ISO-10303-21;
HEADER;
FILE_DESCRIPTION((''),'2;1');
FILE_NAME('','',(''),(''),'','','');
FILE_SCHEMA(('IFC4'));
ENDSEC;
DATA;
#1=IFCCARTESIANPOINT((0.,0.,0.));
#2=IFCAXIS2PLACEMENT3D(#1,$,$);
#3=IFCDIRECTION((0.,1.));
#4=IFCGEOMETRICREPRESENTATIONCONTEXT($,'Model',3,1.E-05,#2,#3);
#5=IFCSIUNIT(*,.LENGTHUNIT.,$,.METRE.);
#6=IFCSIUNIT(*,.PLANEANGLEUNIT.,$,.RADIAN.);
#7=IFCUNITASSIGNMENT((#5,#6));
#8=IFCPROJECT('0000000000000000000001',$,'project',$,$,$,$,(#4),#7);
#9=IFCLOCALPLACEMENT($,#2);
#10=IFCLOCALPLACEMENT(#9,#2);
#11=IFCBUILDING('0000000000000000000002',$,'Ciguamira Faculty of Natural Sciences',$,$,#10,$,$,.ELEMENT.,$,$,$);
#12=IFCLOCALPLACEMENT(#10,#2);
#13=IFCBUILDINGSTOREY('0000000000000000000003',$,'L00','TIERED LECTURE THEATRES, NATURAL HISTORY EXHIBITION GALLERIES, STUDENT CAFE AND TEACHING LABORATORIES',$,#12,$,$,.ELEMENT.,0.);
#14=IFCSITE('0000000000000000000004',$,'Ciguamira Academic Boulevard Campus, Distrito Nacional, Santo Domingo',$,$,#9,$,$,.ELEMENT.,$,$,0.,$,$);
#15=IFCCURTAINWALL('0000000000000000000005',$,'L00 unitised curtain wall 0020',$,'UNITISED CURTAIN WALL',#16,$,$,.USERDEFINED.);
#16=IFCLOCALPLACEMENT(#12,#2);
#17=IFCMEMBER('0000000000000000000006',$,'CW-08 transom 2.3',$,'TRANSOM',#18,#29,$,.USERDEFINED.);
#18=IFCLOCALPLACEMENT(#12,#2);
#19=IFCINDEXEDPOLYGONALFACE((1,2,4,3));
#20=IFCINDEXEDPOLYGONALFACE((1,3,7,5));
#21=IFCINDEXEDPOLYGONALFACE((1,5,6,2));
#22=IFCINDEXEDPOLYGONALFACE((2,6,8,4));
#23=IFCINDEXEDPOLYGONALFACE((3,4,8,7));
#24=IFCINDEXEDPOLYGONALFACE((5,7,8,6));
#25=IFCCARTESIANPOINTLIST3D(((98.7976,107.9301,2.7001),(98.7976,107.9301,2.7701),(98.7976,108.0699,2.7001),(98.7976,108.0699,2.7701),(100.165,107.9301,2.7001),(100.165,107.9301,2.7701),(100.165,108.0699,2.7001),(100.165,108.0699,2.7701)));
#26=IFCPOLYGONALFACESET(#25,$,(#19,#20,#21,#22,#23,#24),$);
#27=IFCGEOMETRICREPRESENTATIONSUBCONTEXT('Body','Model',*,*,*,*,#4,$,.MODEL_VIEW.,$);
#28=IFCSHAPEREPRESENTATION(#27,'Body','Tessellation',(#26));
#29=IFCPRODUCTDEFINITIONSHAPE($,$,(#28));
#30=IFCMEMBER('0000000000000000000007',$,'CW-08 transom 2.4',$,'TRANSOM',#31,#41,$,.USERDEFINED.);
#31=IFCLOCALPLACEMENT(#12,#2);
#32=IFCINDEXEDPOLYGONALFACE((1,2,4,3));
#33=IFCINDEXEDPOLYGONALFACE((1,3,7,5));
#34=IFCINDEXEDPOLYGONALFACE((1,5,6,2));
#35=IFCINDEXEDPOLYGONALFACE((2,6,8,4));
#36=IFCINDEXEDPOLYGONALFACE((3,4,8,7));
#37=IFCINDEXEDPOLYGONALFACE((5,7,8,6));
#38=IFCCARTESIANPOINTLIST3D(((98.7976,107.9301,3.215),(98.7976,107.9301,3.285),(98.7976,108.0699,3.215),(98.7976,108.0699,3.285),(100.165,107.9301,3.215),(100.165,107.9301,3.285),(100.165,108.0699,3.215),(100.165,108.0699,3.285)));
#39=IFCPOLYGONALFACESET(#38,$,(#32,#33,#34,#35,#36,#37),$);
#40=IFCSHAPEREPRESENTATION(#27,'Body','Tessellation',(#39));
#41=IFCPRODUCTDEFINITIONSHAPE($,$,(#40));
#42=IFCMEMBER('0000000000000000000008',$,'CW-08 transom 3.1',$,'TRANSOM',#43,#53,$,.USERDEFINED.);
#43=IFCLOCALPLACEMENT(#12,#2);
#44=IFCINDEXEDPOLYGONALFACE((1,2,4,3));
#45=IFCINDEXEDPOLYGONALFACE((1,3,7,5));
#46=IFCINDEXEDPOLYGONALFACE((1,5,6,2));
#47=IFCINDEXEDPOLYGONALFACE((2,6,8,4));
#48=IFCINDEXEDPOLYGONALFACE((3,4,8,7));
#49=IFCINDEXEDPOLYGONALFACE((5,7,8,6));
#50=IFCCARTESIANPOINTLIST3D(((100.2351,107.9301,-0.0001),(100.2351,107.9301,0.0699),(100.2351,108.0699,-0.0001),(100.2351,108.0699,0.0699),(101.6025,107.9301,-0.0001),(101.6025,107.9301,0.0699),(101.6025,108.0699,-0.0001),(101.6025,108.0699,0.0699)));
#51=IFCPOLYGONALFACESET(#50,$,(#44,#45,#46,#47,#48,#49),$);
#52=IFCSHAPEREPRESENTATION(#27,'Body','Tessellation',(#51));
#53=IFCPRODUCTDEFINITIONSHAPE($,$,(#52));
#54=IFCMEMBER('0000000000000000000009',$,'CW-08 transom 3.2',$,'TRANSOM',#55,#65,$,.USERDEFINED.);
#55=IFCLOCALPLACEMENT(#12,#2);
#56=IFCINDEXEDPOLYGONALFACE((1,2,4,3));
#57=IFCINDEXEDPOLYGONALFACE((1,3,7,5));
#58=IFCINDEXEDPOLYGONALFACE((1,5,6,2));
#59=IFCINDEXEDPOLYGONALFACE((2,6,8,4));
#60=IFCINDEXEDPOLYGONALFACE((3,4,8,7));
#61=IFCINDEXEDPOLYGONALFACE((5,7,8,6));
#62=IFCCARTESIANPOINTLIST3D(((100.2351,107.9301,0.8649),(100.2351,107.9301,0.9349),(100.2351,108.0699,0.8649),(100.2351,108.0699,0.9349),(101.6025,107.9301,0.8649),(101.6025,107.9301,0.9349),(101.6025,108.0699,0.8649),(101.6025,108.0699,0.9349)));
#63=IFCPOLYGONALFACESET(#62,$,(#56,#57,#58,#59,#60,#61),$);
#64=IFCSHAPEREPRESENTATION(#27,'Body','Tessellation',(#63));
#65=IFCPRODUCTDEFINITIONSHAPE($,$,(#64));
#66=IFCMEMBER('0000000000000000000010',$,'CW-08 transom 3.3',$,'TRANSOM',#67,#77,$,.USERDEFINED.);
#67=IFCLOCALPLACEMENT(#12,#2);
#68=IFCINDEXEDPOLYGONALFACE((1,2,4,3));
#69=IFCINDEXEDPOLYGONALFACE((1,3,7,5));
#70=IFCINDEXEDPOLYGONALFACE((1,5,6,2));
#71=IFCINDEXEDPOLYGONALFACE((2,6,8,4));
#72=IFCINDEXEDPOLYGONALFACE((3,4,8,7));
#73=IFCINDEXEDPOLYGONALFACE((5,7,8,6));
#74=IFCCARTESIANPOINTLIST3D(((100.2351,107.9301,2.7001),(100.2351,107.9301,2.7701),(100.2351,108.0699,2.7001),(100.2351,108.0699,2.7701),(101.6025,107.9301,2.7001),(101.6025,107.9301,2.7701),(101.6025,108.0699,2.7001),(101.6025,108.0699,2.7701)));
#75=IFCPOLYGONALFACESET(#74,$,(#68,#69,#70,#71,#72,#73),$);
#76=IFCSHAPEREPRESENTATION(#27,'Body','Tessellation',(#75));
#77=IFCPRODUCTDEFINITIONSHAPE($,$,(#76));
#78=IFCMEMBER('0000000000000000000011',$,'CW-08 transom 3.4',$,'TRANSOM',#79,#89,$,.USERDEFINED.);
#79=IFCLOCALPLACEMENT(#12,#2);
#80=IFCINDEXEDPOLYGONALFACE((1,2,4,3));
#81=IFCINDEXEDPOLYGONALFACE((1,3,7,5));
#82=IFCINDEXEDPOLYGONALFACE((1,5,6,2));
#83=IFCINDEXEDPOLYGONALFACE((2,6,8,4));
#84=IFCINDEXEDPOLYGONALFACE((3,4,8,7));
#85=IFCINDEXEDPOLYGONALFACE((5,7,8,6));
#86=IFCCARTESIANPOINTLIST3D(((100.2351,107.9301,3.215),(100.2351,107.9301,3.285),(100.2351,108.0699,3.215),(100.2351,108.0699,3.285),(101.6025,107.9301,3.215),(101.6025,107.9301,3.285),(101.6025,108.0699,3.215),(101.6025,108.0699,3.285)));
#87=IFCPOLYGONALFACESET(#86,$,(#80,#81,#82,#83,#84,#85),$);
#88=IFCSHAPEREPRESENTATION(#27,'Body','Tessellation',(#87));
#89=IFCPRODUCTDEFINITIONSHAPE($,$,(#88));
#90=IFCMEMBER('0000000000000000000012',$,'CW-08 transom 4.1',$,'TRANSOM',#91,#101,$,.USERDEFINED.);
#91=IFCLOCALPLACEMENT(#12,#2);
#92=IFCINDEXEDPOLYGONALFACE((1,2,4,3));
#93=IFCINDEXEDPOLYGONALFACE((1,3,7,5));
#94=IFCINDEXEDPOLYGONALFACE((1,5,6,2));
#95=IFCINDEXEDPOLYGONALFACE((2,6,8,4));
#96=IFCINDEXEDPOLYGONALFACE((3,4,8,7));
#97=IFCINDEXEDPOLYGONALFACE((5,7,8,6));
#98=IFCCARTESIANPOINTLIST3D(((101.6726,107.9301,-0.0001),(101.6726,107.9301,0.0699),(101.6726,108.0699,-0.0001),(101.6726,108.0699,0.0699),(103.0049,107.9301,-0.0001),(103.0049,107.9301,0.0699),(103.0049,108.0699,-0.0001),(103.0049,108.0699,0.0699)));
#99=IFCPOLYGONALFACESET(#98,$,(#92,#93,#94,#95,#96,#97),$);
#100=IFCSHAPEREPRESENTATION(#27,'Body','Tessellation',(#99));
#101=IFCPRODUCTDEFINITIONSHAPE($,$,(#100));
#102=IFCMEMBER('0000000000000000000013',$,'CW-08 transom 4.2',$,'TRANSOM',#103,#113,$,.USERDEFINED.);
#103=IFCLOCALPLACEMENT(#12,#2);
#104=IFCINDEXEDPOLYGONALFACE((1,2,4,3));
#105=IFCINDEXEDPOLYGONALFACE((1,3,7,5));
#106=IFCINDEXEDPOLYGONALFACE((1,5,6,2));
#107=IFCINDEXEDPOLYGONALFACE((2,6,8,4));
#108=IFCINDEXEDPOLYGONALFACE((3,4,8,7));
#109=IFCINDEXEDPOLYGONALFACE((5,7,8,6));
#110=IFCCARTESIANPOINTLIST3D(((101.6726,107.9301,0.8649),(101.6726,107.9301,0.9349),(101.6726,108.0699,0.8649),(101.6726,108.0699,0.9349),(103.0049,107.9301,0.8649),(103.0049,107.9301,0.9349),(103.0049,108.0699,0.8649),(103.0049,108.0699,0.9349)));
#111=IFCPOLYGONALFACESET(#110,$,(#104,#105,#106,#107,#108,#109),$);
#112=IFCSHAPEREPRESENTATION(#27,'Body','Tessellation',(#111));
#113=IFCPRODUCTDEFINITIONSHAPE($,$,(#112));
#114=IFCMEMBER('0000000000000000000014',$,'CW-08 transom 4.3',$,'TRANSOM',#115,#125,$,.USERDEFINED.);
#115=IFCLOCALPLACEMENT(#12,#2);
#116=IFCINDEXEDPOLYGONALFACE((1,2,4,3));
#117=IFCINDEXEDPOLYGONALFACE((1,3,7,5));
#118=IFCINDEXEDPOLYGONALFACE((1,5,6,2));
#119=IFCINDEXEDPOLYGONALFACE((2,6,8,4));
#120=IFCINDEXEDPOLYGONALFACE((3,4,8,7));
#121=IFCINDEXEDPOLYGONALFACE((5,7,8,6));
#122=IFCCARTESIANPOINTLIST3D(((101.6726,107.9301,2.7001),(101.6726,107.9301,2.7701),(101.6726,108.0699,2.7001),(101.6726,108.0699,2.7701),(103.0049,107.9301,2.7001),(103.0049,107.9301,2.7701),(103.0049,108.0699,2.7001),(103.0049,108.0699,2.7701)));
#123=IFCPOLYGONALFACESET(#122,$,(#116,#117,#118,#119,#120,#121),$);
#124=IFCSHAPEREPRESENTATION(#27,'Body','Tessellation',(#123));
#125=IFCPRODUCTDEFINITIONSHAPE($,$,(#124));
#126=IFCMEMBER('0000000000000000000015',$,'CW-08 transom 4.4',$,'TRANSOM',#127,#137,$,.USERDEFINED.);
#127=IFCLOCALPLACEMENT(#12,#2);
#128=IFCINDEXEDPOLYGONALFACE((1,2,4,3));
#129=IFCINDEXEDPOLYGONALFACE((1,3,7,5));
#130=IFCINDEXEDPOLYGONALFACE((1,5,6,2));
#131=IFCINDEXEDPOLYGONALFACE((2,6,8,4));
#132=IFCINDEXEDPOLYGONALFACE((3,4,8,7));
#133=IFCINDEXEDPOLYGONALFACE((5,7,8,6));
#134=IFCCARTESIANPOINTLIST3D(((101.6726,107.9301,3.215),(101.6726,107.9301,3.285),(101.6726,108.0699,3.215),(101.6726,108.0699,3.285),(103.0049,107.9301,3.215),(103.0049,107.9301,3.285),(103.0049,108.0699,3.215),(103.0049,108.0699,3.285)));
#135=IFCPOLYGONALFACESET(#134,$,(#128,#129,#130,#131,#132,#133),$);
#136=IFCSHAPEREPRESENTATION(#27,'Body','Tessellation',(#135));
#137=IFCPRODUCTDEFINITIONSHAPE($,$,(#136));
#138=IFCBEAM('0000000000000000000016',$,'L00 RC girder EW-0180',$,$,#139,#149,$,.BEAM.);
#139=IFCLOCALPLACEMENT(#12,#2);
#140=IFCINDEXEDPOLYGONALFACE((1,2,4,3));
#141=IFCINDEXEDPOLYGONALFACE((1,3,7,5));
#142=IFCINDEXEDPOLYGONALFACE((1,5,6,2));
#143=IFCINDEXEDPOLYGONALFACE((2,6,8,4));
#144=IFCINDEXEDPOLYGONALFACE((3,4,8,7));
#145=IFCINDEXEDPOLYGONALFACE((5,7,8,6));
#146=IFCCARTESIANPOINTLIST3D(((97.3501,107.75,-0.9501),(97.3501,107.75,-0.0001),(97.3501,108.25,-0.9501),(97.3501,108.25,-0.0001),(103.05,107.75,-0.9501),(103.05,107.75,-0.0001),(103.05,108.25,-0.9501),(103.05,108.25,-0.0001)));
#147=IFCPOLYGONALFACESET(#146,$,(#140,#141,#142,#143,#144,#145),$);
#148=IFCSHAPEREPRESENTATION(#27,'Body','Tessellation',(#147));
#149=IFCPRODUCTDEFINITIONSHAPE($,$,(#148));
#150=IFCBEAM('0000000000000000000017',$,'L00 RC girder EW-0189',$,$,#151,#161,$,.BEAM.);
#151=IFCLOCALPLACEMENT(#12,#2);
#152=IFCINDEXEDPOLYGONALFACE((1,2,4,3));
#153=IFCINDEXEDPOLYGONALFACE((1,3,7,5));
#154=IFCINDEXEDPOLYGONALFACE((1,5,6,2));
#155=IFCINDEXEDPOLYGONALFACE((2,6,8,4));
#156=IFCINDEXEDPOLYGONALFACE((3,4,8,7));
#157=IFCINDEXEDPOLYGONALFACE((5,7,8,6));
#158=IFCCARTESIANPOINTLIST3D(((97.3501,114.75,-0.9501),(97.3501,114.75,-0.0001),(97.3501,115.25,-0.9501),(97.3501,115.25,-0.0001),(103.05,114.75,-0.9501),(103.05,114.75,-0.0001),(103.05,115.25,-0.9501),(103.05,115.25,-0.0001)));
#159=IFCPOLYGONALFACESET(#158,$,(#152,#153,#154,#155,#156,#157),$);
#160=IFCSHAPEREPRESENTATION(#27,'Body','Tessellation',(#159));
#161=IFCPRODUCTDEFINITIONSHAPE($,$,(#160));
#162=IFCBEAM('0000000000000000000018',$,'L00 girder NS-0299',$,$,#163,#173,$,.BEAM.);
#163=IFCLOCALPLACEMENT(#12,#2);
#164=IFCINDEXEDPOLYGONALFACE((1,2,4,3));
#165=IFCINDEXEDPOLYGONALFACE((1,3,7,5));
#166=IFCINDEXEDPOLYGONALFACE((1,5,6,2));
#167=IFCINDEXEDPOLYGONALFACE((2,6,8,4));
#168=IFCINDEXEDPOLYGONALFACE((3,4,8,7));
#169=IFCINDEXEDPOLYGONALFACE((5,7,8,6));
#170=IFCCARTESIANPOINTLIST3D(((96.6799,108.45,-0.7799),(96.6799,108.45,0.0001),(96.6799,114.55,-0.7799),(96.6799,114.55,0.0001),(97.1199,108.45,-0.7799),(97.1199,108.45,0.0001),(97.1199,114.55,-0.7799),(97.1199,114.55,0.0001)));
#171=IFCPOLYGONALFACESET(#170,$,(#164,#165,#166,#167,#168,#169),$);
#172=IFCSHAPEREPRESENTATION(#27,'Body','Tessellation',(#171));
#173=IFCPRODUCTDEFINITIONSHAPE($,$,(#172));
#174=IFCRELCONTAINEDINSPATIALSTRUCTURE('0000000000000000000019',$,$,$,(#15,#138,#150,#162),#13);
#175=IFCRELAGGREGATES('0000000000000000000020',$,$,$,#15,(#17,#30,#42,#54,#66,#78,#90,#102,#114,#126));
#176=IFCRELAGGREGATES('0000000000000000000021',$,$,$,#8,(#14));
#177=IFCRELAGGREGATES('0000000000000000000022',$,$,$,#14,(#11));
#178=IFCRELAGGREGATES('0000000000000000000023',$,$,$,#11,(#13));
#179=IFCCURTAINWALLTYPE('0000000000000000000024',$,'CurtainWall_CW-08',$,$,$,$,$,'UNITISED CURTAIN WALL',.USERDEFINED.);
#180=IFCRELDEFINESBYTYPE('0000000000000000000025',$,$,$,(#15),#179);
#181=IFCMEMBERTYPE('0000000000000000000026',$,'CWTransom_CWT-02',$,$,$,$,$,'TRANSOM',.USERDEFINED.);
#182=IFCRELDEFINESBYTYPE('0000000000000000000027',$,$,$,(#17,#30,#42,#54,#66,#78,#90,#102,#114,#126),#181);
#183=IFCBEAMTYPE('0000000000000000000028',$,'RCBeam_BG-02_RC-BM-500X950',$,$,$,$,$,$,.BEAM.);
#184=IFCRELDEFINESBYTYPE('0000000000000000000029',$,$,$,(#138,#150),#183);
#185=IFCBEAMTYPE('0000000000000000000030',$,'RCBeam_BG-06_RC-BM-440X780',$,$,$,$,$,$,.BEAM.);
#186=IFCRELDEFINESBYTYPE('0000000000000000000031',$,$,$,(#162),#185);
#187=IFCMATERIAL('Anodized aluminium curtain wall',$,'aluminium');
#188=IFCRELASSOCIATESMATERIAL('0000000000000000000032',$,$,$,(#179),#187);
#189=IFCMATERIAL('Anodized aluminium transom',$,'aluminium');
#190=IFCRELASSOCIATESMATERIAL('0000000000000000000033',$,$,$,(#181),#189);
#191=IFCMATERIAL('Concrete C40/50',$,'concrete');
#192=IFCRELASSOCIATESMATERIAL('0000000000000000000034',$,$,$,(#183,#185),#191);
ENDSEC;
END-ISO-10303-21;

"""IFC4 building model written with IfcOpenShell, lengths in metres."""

from ifc_helpers import new_model, si_unit, direction, frame, origin, origin_2d, place, context, subcontext, project, spatial, rectangle, extrude, material, material_profile, profile_set, type_object, element, aggregate, save


model = new_model("IFC4")

# Units and contexts
model_context = context("Model", 3, precision=1e-05, world=origin(), true_north=direction((0.0, 1.0)))
body_context = subcontext(model_context, "Body", "Model", "MODEL_VIEW")
ifc_project = project(units=[si_unit("LENGTHUNIT", "METRE"), si_unit("PLANEANGLEUNIT", "RADIAN")], contexts=[model_context])

# Site, building, storey
site_placement = place(None, origin())
site = spatial("IfcSite", under=ifc_project, at=site_placement, Name="Ciguamira Academic Boulevard Campus, Distrito Nacional, Santo Domingo", CompositionType="ELEMENT", RefElevation=0.0)
building_placement = place(site_placement, origin())
building = spatial("IfcBuilding", under=site, at=building_placement, Name="Ciguamira Faculty of Natural Sciences", CompositionType="ELEMENT")
storey_placement = place(building_placement, origin())
storey = spatial("IfcBuildingStorey", under=building, at=storey_placement, Name="L00", Description="TIERED LECTURE THEATRES, NATURAL HISTORY EXHIBITION GALLERIES, STUDENT CAFE AND TEACHING LABORATORIES", CompositionType="ELEMENT", Elevation=0.0)

# Curtain wall, members
ifc_material_1 = material(Name="Anodized aluminium curtain wall", Category="aluminium")
curtain_wall_type = type_object("IfcCurtainWallType", Name="CurtainWall_CW-08", ElementType="UNITISED CURTAIN WALL", PredefinedType="USERDEFINED", material=ifc_material_1)
curtain_wall_placement = place(storey_placement, origin())
curtain_wall = element("IfcCurtainWall", 1, at=curtain_wall_placement, inside=storey, type_object=curtain_wall_type, Name="L00 unitised curtain wall 0020", ObjectType="UNITISED CURTAIN WALL", PredefinedType="USERDEFINED")
ifc_material_2 = material(Name="Anodized aluminium transom", Category="aluminium")
ifc_material_profile_1 = material_profile(ifc_material_2, rectangle(XDim=0.0701, YDim=0.1399, at=origin_2d()), Name="ALU-TRN-70X140")
ifc_profile_set_1 = profile_set([ifc_material_profile_1], Name="Anodized aluminium transom")
member_type_1 = type_object("IfcMemberType", Name="CWTransom_CWT-02", ElementType="TRANSOM", PredefinedType="USERDEFINED", material=ifc_profile_set_1)
member_1_placement = place(storey_placement, frame((98.7976, 108.0, 2.7351), z_axis=(1.0, 0.0, 0.0), x_axis=(0.0, 0.0, 1.0)))
member_1 = element("IfcMember", 2, at=member_1_placement, type_object=member_type_1, Name="CW-08 transom 2.3", ObjectType="TRANSOM", PredefinedType="USERDEFINED", context=body_context, shape_type="SweptSolid", body=[
    extrude(rectangle(XDim=0.0701, YDim=0.1399, at=origin_2d()), origin(), (0.0, 0.0, 1.0), 1.3674),
])
member_2_placement = place(storey_placement, frame((98.7976, 108.0, 3.25), z_axis=(1.0, 0.0, 0.0), x_axis=(0.0, 0.0, 1.0)))
member_2 = element("IfcMember", 3, at=member_2_placement, type_object=member_type_1, Name="CW-08 transom 2.4", ObjectType="TRANSOM", PredefinedType="USERDEFINED", context=body_context, shape_type="SweptSolid", body=[
    extrude(rectangle(XDim=0.0701, YDim=0.1399, at=origin_2d()), origin(), (0.0, 0.0, 1.0), 1.3674),
])
member_3_placement = place(storey_placement, frame((100.2351, 108.0, 0.0349), z_axis=(1.0, 0.0, 0.0), x_axis=(0.0, 0.0, 1.0)))
member_3 = element("IfcMember", 4, at=member_3_placement, type_object=member_type_1, Name="CW-08 transom 3.1", ObjectType="TRANSOM", PredefinedType="USERDEFINED", context=body_context, shape_type="SweptSolid", body=[
    extrude(rectangle(XDim=0.0701, YDim=0.1399, at=origin_2d()), origin(), (0.0, 0.0, 1.0), 1.3674),
])
member_4_placement = place(storey_placement, frame((100.2351, 108.0, 0.8999), z_axis=(1.0, 0.0, 0.0), x_axis=(0.0, 0.0, 1.0)))
member_4 = element("IfcMember", 5, at=member_4_placement, type_object=member_type_1, Name="CW-08 transom 3.2", ObjectType="TRANSOM", PredefinedType="USERDEFINED", context=body_context, shape_type="SweptSolid", body=[
    extrude(rectangle(XDim=0.0701, YDim=0.1399, at=origin_2d()), origin(), (0.0, 0.0, 1.0), 1.3674),
])
member_5_placement = place(storey_placement, frame((100.2351, 108.0, 2.7351), z_axis=(1.0, 0.0, 0.0), x_axis=(0.0, 0.0, 1.0)))
member_5 = element("IfcMember", 6, at=member_5_placement, type_object=member_type_1, Name="CW-08 transom 3.3", ObjectType="TRANSOM", PredefinedType="USERDEFINED", context=body_context, shape_type="SweptSolid", body=[
    extrude(rectangle(XDim=0.0701, YDim=0.1399, at=origin_2d()), origin(), (0.0, 0.0, 1.0), 1.3674),
])
member_6_placement = place(storey_placement, frame((100.2351, 108.0, 3.25), z_axis=(1.0, 0.0, 0.0), x_axis=(0.0, 0.0, 1.0)))
member_6 = element("IfcMember", 7, at=member_6_placement, type_object=member_type_1, Name="CW-08 transom 3.4", ObjectType="TRANSOM", PredefinedType="USERDEFINED", context=body_context, shape_type="SweptSolid", body=[
    extrude(rectangle(XDim=0.0701, YDim=0.1399, at=origin_2d()), origin(), (0.0, 0.0, 1.0), 1.3674),
])
member_7_placement = place(storey_placement, frame((101.6726, 108.0, 0.0349), z_axis=(1.0, 0.0, 0.0), x_axis=(0.0, 0.0, 1.0)))
member_7 = element("IfcMember", 8, at=member_7_placement, type_object=member_type_1, Name="CW-08 transom 4.1", ObjectType="TRANSOM", PredefinedType="USERDEFINED", context=body_context, shape_type="SweptSolid", body=[
    extrude(rectangle(XDim=0.0701, YDim=0.1399, at=origin_2d()), origin(), (0.0, 0.0, 1.0), 1.3323),
])
member_8_placement = place(storey_placement, frame((101.6726, 108.0, 0.8999), z_axis=(1.0, 0.0, 0.0), x_axis=(0.0, 0.0, 1.0)))
member_8 = element("IfcMember", 9, at=member_8_placement, type_object=member_type_1, Name="CW-08 transom 4.2", ObjectType="TRANSOM", PredefinedType="USERDEFINED", context=body_context, shape_type="SweptSolid", body=[
    extrude(rectangle(XDim=0.0701, YDim=0.1399, at=origin_2d()), origin(), (0.0, 0.0, 1.0), 1.3323),
])
member_9_placement = place(storey_placement, frame((101.6726, 108.0, 2.7351), z_axis=(1.0, 0.0, 0.0), x_axis=(0.0, 0.0, 1.0)))
member_9 = element("IfcMember", 10, at=member_9_placement, type_object=member_type_1, Name="CW-08 transom 4.3", ObjectType="TRANSOM", PredefinedType="USERDEFINED", context=body_context, shape_type="SweptSolid", body=[
    extrude(rectangle(XDim=0.0701, YDim=0.1399, at=origin_2d()), origin(), (0.0, 0.0, 1.0), 1.3323),
])
member_10_placement = place(storey_placement, frame((101.6726, 108.0, 3.25), z_axis=(1.0, 0.0, 0.0), x_axis=(0.0, 0.0, 1.0)))
member_10 = element("IfcMember", 11, at=member_10_placement, type_object=member_type_1, Name="CW-08 transom 4.4", ObjectType="TRANSOM", PredefinedType="USERDEFINED", context=body_context, shape_type="SweptSolid", body=[
    extrude(rectangle(XDim=0.0701, YDim=0.1399, at=origin_2d()), origin(), (0.0, 0.0, 1.0), 1.3323),
])

# Beams
ifc_material_3 = material(Name="Concrete C40/50", Category="concrete")
ifc_material_profile_2 = material_profile(ifc_material_3, rectangle(XDim=0.5, YDim=0.95, at=origin_2d()), Name="RC-BM-500X950")
ifc_profile_set_2 = profile_set([ifc_material_profile_2], Name="Concrete C40/50")
beam_type_1 = type_object("IfcBeamType", Name="RCBeam_BG-02_RC-BM-500X950", PredefinedType="BEAM", material=ifc_profile_set_2)
for number, where, z_axis, x_axis, name in (
    (12, (97.3501, 108.0, -0.4751), (1.0, 0.0, 0.0), (0.0, 1.0, 0.0), "L00 RC girder EW-0180"),
    (13, (97.3501, 115.0, -0.4751), (1.0, 0.0, 0.0), (0.0, 1.0, 0.0), "L00 RC girder EW-0189"),
):
    element("IfcBeam", number, at=place(storey_placement, frame(where, z_axis=z_axis, x_axis=x_axis)), inside=storey, type_object=beam_type_1, Name=name, PredefinedType="BEAM", context=body_context, shape_type="SweptSolid", body=[
        extrude(rectangle(XDim=0.5, YDim=0.95, at=origin_2d()), origin(), (0.0, 0.0, 1.0), 5.7),
    ])
ifc_material_profile_3 = material_profile(ifc_material_3, rectangle(XDim=0.4399, YDim=0.78, at=origin_2d()), Name="RC-BM-440X780")
ifc_profile_set_3 = profile_set([ifc_material_profile_3], Name="Concrete C40/50")
beam_type_2 = type_object("IfcBeamType", Name="RCBeam_BG-06_RC-BM-440X780", PredefinedType="BEAM", material=ifc_profile_set_3)
beam_1_placement = place(storey_placement, frame((96.8999, 108.45, -0.3899), z_axis=(0.0, 1.0, 0.0), x_axis=(-1.0, 0.0, 0.0)))
element("IfcBeam", 14, at=beam_1_placement, inside=storey, type_object=beam_type_2, Name="L00 girder NS-0299", PredefinedType="BEAM", context=body_context, shape_type="SweptSolid", body=[
    extrude(rectangle(XDim=0.4399, YDim=0.78, at=origin_2d()), origin(), (0.0, 0.0, 1.0), 6.1001),
])

aggregate(curtain_wall, [member_1, member_2, member_3, member_4, member_5, member_6, member_7, member_8, member_9, member_10])

save(model, "model.ifc")
